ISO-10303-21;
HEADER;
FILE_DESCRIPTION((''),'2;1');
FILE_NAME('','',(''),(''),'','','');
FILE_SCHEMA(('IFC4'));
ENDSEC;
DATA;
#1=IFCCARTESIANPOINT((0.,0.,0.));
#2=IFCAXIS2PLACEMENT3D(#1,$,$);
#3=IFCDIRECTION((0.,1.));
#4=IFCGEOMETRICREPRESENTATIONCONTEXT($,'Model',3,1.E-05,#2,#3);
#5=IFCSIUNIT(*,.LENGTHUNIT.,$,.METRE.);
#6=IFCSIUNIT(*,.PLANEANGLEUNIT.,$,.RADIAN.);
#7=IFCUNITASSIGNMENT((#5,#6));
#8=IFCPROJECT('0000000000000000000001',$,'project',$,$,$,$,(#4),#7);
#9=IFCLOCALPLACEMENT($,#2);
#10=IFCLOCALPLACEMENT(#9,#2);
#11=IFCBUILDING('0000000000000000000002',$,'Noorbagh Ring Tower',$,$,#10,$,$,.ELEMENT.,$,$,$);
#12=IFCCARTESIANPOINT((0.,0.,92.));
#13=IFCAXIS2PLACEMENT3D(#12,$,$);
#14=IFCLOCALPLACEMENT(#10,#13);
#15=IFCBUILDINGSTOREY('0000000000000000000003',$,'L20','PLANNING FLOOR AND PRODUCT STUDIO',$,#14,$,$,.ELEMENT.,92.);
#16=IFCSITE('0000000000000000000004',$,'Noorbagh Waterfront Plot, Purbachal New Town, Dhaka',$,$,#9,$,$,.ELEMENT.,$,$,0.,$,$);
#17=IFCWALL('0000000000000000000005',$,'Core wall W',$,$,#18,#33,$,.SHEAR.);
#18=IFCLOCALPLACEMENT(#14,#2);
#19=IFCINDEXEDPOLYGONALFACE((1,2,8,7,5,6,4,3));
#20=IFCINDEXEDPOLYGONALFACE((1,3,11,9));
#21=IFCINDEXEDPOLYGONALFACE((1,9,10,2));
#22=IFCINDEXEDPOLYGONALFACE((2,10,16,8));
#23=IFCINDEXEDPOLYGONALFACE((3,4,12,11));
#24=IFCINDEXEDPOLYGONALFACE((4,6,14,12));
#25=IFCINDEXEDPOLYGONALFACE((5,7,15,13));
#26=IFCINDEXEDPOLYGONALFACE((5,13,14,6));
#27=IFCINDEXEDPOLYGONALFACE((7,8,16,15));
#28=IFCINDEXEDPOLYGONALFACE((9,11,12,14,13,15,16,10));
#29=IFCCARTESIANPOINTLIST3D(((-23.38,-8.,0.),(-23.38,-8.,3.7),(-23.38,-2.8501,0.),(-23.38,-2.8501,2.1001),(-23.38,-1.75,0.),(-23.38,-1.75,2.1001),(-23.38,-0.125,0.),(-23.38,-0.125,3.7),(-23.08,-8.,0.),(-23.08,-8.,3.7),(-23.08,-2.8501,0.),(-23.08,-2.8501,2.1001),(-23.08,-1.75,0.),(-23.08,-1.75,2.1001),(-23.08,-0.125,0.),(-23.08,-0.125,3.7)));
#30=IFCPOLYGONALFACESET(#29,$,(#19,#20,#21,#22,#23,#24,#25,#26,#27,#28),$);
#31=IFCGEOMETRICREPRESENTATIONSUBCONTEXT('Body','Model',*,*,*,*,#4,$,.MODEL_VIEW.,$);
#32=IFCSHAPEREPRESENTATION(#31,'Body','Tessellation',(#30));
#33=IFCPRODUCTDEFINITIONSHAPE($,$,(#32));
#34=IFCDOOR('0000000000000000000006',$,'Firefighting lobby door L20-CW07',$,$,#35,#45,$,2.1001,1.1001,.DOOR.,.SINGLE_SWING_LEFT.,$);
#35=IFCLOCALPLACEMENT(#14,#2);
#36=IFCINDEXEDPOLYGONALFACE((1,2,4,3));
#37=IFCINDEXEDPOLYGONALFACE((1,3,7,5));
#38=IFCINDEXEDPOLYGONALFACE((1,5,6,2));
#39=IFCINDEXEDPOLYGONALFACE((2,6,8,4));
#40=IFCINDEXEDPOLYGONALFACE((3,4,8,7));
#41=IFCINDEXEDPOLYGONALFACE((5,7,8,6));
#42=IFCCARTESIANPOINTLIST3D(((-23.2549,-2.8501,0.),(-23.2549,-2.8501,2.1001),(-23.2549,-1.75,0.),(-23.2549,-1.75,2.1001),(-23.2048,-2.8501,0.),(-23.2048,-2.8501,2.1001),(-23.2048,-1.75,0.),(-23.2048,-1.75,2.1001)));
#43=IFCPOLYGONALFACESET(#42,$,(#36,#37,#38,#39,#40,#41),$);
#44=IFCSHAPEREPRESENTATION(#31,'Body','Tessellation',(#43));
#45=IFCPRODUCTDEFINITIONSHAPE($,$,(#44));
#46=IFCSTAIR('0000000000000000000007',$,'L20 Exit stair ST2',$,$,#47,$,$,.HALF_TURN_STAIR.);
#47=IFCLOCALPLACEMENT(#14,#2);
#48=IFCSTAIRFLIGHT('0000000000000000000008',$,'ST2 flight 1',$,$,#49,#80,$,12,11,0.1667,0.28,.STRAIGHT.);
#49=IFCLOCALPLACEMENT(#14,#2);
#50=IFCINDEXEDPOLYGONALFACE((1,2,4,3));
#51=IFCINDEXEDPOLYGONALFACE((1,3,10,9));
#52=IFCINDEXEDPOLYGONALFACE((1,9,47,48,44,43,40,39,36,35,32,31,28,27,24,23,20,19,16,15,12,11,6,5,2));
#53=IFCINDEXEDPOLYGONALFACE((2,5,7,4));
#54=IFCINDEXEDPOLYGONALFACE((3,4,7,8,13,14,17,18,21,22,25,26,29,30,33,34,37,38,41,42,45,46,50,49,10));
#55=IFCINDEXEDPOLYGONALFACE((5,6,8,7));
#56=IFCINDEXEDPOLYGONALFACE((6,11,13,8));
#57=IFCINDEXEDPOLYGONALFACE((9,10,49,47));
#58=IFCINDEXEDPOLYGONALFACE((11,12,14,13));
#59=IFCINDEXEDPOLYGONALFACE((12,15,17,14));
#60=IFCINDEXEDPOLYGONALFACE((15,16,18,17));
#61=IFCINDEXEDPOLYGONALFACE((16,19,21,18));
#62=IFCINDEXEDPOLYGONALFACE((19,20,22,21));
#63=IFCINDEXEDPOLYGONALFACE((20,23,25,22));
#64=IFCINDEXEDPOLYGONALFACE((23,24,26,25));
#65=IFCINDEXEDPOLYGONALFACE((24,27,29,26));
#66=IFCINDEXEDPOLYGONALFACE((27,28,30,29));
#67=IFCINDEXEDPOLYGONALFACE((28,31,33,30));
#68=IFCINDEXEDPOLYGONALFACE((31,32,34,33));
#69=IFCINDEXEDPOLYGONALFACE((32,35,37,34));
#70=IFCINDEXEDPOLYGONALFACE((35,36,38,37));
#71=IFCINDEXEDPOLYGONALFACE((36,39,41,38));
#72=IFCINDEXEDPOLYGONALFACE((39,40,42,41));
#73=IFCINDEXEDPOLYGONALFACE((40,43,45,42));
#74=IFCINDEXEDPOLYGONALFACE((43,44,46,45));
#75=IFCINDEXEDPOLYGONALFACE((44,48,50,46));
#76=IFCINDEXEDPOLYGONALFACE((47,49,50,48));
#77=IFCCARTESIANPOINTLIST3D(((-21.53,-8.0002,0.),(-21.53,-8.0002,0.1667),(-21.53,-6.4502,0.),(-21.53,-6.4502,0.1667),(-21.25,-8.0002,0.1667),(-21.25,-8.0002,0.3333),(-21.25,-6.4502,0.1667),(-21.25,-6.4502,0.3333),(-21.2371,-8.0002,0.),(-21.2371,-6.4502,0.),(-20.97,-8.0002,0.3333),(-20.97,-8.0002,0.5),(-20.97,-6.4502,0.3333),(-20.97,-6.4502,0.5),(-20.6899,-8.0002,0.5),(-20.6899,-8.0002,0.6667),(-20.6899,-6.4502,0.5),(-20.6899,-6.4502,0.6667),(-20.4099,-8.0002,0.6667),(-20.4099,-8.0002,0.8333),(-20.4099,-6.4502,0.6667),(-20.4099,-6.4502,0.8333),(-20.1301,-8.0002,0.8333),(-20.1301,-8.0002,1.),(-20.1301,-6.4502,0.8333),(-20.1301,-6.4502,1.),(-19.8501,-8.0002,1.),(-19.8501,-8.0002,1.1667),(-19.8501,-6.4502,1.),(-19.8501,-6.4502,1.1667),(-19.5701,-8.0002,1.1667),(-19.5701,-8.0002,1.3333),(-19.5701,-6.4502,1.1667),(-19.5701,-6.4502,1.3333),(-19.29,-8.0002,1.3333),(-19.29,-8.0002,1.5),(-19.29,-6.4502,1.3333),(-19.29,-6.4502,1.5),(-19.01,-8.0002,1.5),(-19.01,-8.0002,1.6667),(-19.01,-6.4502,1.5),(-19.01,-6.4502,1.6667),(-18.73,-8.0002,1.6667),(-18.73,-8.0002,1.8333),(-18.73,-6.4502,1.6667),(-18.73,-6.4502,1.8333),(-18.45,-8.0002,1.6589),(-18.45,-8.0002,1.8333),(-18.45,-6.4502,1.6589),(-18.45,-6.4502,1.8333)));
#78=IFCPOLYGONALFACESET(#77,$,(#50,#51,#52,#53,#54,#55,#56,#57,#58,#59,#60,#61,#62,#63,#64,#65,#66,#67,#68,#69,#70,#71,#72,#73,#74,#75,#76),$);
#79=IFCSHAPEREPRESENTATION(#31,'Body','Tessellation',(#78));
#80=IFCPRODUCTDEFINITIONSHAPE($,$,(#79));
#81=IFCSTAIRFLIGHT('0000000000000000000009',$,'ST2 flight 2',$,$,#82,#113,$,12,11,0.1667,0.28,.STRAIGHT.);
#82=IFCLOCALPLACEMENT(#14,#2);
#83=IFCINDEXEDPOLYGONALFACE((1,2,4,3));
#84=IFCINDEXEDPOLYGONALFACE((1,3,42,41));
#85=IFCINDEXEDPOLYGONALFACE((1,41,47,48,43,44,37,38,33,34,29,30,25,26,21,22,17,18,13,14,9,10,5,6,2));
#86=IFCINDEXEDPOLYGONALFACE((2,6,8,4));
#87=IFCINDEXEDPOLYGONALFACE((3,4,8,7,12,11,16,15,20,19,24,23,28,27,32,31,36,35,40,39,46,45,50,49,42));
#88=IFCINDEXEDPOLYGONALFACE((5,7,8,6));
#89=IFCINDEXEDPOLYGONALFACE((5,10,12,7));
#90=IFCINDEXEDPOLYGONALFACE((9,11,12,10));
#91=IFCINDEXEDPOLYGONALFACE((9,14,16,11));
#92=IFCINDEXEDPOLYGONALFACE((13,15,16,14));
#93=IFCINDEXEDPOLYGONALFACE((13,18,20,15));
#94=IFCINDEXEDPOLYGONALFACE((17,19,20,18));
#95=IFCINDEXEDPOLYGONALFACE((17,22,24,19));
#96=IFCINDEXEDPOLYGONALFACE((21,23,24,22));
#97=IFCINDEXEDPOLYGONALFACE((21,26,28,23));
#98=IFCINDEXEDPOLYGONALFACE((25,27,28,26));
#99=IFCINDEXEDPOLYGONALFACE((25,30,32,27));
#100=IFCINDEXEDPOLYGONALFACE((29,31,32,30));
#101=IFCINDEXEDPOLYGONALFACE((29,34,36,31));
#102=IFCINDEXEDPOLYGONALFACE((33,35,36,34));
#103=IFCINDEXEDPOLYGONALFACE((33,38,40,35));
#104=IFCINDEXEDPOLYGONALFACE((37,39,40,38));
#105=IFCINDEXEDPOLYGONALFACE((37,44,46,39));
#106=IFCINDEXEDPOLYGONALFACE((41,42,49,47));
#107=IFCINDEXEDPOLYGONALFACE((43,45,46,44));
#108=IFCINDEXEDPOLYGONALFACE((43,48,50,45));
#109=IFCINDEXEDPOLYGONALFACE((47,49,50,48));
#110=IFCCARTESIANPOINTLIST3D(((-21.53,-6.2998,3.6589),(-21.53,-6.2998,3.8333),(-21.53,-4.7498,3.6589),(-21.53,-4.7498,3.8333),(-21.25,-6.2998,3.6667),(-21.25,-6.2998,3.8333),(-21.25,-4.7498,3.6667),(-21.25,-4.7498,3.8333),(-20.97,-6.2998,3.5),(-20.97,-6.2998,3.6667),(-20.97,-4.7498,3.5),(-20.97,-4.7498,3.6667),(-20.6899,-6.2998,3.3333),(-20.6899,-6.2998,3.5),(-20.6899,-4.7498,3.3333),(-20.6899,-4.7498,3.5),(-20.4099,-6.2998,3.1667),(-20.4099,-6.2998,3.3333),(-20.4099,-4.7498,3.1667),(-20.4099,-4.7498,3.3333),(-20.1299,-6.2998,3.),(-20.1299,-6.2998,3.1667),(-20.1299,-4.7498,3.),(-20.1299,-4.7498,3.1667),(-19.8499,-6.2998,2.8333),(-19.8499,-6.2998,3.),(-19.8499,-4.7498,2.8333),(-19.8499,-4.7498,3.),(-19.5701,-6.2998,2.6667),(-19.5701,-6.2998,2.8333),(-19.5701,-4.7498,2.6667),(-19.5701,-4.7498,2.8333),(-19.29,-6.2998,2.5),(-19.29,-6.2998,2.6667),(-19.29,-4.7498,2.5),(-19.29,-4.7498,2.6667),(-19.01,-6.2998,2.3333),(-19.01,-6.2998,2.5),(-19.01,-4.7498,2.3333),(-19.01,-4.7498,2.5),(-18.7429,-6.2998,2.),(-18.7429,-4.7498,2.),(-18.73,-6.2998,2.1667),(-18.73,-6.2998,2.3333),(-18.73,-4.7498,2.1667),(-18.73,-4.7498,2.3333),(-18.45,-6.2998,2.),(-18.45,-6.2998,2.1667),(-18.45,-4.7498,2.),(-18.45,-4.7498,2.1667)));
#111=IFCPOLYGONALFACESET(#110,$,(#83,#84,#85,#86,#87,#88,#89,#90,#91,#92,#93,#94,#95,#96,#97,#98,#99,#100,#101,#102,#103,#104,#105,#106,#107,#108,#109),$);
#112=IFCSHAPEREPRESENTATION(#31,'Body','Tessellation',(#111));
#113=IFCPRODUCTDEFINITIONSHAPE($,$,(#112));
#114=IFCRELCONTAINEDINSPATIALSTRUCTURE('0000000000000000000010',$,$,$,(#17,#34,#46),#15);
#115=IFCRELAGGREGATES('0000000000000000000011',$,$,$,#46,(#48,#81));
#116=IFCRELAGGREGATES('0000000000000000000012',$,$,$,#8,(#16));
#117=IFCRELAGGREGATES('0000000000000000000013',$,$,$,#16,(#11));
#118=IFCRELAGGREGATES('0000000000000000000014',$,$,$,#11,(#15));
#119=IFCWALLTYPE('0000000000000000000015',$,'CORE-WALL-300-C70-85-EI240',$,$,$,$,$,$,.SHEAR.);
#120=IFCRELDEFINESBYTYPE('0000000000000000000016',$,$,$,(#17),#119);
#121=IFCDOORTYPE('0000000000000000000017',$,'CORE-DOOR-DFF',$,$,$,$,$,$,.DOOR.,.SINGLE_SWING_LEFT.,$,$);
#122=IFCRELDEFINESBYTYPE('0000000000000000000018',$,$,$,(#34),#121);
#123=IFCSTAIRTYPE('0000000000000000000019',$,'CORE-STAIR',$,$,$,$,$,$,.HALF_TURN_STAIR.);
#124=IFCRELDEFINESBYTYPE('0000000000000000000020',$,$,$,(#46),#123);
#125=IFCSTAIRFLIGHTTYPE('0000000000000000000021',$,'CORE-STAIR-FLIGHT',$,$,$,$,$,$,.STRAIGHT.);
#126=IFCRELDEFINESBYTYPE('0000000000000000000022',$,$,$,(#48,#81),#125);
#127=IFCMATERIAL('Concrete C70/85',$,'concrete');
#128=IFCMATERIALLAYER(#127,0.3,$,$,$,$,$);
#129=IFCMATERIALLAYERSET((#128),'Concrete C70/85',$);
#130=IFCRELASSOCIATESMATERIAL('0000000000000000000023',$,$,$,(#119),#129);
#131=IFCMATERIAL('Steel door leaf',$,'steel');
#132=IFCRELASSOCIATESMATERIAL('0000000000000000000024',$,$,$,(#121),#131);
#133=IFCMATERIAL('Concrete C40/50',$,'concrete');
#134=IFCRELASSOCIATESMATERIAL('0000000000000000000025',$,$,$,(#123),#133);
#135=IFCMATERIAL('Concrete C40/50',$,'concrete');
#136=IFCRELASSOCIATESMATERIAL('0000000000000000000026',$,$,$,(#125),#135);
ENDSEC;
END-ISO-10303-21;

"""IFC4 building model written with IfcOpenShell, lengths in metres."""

from ifc_helpers import new_model, si_unit, direction, frame, frame_2d, origin, place, context, subcontext, project, spatial, polyline, rectangle, outline, extrude, material, layer, layer_set, type_object, element, fill, aggregate, save


model = new_model("IFC4")

# Units and contexts
model_context = context("Model", 3, precision=1e-05, world=origin(), true_north=direction((0.0, 1.0)))
body_context = subcontext(model_context, "Body", "Model", "MODEL_VIEW")
ifc_project = project(units=[si_unit("LENGTHUNIT", "METRE"), si_unit("PLANEANGLEUNIT", "RADIAN")], contexts=[model_context])

# Site, building, storey
site_placement = place(None, origin())
site = spatial("IfcSite", under=ifc_project, at=site_placement, Name="Noorbagh Waterfront Plot, Purbachal New Town, Dhaka", CompositionType="ELEMENT", RefElevation=0.0)
building_placement = place(site_placement, origin())
building = spatial("IfcBuilding", under=site, at=building_placement, Name="Noorbagh Ring Tower", CompositionType="ELEMENT")
storey_placement = place(building_placement, frame((0.0, 0.0, 92.0)))
storey = spatial("IfcBuildingStorey", under=building, at=storey_placement, Name="L20", Description="PLANNING FLOOR AND PRODUCT STUDIO", CompositionType="ELEMENT", Elevation=92.0)

# Shared definitions
ifc_material_1 = material(Name="Concrete C70/85", Category="concrete")
ifc_layer_1 = layer(ifc_material_1, 0.3)
ifc_layer_set_1 = layer_set([ifc_layer_1], Name="Concrete C70/85")
wall_type_1 = type_object("IfcWallType", Name="CORE-WALL-300-C70-85-EI240", PredefinedType="SHEAR", material=ifc_layer_set_1)

# Wall, opening, door
wall_1_placement = place(storey_placement, frame((-23.23, -8.0, 0.0), z_axis=(0.0, 0.0, 1.0), x_axis=(0.0, 1.0, 0.0)))
wall_1 = element("IfcWall", 1, at=wall_1_placement, inside=storey, type_object=wall_type_1, Name="Core wall W", PredefinedType="SHEAR", context=body_context, shape_type="SweptSolid", body=[
    extrude(rectangle(XDim=7.875, YDim=0.3, at=frame_2d((3.9375, 0.0))), origin(), (0.0, 0.0, 1.0), 3.7),
])
opening_1_placement = place(wall_1_placement, frame((5.1499, 0.0, 0.0)))
opening_1 = element("IfcOpeningElement", 2, at=opening_1_placement, cuts=wall_1, PredefinedType="OPENING", context=body_context, shape_type="SweptSolid", body=[
    extrude(rectangle(XDim=1.1001, YDim=2.1001, at=frame_2d((0.55, 1.05))), frame((0.0, 0.1602, 0.0), z_axis=(0.0, -1.0, 0.0), x_axis=(1.0, 0.0, 0.0)), (0.0, 0.0, 1.0), 0.3201),
])
ifc_material_2 = material(Name="Steel door leaf", Category="steel")
door_type_1 = type_object("IfcDoorType", Name="CORE-DOOR-DFF", OperationType="SINGLE_SWING_LEFT", PredefinedType="DOOR", material=ifc_material_2)
door_1_placement = place(opening_1_placement, origin())
door_1 = element("IfcDoor", 3, at=door_1_placement, inside=storey, type_object=door_type_1, Name="Firefighting lobby door L20-CW07", OperationType="SINGLE_SWING_LEFT", OverallHeight=2.1001, OverallWidth=1.1001, PredefinedType="DOOR", context=body_context, shape_type="SweptSolid", body=[
    extrude(rectangle(XDim=1.1001, YDim=2.1001, at=frame_2d((0.55, 1.05))), frame((0.0, 0.0249, 0.0), z_axis=(0.0, -1.0, 0.0), x_axis=(1.0, 0.0, 0.0)), (0.0, 0.0, 1.0), 0.05),
])
fill(opening_1, door_1)

# Stair, stair flights
ifc_material_3 = material(Name="Concrete C40/50", Category="concrete")
stair_type = type_object("IfcStairType", Name="CORE-STAIR", PredefinedType="HALF_TURN_STAIR", material=ifc_material_3)
stair_placement = place(storey_placement, origin())
stair = element("IfcStair", 4, at=stair_placement, inside=storey, type_object=stair_type, Name="L20 Exit stair ST2", PredefinedType="HALF_TURN_STAIR")
ifc_material_4 = material(Name="Concrete C40/50", Category="concrete")
stair_flight_type = type_object("IfcStairFlightType", Name="CORE-STAIR-FLIGHT", PredefinedType="STRAIGHT", material=ifc_material_4)
stair_flight_1_placement = place(storey_placement, frame((-21.53, -7.2251, 0.0), z_axis=(0.0, 0.0, 1.0), x_axis=(1.0, 0.0, 0.0)))
stair_flight_1 = element("IfcStairFlight", 5, at=stair_flight_1_placement, type_object=stair_flight_type, Name="ST2 flight 1", NumberOfRisers=12, NumberOfTreads=11, PredefinedType="STRAIGHT", RiserHeight=0.1667, TreadLength=0.28, context=body_context, shape_type="SweptSolid", body=[
    extrude(outline(polyline([(0.0, 0.0), (0.0, 0.1667), (0.28, 0.1667), (0.28, 0.3333), (0.5601, 0.3333), (0.5601, 0.5), (0.8401, 0.5), (0.8401, 0.6667), (1.1201, 0.6667), (1.1201, 0.8333), (1.3999, 0.8333), (1.3999, 1.0), (1.6799, 1.0), (1.6799, 1.1667), (1.96, 1.1667), (1.96, 1.3333), (2.24, 1.3333), (2.24, 1.5), (2.52, 1.5), (2.52, 1.6667), (2.8, 1.6667), (2.8, 1.8333), (3.0801, 1.8333), (3.0801, 2.0), (3.0801, 1.6589), (0.293, 0.0), (0.0, 0.0)])), frame((0.0, 0.7749, 0.0), z_axis=(0.0, -1.0, 0.0), x_axis=(1.0, 0.0, 0.0)), (0.0, 0.0, 1.0), 1.55),
])
stair_flight_2_placement = place(storey_placement, frame((-18.45, -5.5249, 2.0), z_axis=(0.0, 0.0, 1.0), x_axis=(-1.0, 0.0, 0.0)))
stair_flight_2 = element("IfcStairFlight", 6, at=stair_flight_2_placement, type_object=stair_flight_type, Name="ST2 flight 2", NumberOfRisers=12, NumberOfTreads=11, PredefinedType="STRAIGHT", RiserHeight=0.1667, TreadLength=0.28, context=body_context, shape_type="SweptSolid", body=[
    extrude(outline(polyline([(0.0, 0.0), (0.0, 0.1667), (0.28, 0.1667), (0.28, 0.3333), (0.5601, 0.3333), (0.5601, 0.5), (0.8401, 0.5), (0.8401, 0.6667), (1.1201, 0.6667), (1.1201, 0.8333), (1.3999, 0.8333), (1.3999, 1.0), (1.6799, 1.0), (1.6799, 1.1667), (1.96, 1.1667), (1.96, 1.3333), (2.24, 1.3333), (2.24, 1.5), (2.52, 1.5), (2.52, 1.6667), (2.8, 1.6667), (2.8, 1.8333), (3.0801, 1.8333), (3.0801, 2.0), (3.0801, 1.6589), (0.293, 0.0), (0.0, 0.0)])), frame((0.0, 0.7749, 0.0), z_axis=(0.0, -1.0, 0.0), x_axis=(1.0, 0.0, 0.0)), (0.0, 0.0, 1.0), 1.55),
])
aggregate(stair, [stair_flight_1, stair_flight_2])

save(model, "model.ifc")
